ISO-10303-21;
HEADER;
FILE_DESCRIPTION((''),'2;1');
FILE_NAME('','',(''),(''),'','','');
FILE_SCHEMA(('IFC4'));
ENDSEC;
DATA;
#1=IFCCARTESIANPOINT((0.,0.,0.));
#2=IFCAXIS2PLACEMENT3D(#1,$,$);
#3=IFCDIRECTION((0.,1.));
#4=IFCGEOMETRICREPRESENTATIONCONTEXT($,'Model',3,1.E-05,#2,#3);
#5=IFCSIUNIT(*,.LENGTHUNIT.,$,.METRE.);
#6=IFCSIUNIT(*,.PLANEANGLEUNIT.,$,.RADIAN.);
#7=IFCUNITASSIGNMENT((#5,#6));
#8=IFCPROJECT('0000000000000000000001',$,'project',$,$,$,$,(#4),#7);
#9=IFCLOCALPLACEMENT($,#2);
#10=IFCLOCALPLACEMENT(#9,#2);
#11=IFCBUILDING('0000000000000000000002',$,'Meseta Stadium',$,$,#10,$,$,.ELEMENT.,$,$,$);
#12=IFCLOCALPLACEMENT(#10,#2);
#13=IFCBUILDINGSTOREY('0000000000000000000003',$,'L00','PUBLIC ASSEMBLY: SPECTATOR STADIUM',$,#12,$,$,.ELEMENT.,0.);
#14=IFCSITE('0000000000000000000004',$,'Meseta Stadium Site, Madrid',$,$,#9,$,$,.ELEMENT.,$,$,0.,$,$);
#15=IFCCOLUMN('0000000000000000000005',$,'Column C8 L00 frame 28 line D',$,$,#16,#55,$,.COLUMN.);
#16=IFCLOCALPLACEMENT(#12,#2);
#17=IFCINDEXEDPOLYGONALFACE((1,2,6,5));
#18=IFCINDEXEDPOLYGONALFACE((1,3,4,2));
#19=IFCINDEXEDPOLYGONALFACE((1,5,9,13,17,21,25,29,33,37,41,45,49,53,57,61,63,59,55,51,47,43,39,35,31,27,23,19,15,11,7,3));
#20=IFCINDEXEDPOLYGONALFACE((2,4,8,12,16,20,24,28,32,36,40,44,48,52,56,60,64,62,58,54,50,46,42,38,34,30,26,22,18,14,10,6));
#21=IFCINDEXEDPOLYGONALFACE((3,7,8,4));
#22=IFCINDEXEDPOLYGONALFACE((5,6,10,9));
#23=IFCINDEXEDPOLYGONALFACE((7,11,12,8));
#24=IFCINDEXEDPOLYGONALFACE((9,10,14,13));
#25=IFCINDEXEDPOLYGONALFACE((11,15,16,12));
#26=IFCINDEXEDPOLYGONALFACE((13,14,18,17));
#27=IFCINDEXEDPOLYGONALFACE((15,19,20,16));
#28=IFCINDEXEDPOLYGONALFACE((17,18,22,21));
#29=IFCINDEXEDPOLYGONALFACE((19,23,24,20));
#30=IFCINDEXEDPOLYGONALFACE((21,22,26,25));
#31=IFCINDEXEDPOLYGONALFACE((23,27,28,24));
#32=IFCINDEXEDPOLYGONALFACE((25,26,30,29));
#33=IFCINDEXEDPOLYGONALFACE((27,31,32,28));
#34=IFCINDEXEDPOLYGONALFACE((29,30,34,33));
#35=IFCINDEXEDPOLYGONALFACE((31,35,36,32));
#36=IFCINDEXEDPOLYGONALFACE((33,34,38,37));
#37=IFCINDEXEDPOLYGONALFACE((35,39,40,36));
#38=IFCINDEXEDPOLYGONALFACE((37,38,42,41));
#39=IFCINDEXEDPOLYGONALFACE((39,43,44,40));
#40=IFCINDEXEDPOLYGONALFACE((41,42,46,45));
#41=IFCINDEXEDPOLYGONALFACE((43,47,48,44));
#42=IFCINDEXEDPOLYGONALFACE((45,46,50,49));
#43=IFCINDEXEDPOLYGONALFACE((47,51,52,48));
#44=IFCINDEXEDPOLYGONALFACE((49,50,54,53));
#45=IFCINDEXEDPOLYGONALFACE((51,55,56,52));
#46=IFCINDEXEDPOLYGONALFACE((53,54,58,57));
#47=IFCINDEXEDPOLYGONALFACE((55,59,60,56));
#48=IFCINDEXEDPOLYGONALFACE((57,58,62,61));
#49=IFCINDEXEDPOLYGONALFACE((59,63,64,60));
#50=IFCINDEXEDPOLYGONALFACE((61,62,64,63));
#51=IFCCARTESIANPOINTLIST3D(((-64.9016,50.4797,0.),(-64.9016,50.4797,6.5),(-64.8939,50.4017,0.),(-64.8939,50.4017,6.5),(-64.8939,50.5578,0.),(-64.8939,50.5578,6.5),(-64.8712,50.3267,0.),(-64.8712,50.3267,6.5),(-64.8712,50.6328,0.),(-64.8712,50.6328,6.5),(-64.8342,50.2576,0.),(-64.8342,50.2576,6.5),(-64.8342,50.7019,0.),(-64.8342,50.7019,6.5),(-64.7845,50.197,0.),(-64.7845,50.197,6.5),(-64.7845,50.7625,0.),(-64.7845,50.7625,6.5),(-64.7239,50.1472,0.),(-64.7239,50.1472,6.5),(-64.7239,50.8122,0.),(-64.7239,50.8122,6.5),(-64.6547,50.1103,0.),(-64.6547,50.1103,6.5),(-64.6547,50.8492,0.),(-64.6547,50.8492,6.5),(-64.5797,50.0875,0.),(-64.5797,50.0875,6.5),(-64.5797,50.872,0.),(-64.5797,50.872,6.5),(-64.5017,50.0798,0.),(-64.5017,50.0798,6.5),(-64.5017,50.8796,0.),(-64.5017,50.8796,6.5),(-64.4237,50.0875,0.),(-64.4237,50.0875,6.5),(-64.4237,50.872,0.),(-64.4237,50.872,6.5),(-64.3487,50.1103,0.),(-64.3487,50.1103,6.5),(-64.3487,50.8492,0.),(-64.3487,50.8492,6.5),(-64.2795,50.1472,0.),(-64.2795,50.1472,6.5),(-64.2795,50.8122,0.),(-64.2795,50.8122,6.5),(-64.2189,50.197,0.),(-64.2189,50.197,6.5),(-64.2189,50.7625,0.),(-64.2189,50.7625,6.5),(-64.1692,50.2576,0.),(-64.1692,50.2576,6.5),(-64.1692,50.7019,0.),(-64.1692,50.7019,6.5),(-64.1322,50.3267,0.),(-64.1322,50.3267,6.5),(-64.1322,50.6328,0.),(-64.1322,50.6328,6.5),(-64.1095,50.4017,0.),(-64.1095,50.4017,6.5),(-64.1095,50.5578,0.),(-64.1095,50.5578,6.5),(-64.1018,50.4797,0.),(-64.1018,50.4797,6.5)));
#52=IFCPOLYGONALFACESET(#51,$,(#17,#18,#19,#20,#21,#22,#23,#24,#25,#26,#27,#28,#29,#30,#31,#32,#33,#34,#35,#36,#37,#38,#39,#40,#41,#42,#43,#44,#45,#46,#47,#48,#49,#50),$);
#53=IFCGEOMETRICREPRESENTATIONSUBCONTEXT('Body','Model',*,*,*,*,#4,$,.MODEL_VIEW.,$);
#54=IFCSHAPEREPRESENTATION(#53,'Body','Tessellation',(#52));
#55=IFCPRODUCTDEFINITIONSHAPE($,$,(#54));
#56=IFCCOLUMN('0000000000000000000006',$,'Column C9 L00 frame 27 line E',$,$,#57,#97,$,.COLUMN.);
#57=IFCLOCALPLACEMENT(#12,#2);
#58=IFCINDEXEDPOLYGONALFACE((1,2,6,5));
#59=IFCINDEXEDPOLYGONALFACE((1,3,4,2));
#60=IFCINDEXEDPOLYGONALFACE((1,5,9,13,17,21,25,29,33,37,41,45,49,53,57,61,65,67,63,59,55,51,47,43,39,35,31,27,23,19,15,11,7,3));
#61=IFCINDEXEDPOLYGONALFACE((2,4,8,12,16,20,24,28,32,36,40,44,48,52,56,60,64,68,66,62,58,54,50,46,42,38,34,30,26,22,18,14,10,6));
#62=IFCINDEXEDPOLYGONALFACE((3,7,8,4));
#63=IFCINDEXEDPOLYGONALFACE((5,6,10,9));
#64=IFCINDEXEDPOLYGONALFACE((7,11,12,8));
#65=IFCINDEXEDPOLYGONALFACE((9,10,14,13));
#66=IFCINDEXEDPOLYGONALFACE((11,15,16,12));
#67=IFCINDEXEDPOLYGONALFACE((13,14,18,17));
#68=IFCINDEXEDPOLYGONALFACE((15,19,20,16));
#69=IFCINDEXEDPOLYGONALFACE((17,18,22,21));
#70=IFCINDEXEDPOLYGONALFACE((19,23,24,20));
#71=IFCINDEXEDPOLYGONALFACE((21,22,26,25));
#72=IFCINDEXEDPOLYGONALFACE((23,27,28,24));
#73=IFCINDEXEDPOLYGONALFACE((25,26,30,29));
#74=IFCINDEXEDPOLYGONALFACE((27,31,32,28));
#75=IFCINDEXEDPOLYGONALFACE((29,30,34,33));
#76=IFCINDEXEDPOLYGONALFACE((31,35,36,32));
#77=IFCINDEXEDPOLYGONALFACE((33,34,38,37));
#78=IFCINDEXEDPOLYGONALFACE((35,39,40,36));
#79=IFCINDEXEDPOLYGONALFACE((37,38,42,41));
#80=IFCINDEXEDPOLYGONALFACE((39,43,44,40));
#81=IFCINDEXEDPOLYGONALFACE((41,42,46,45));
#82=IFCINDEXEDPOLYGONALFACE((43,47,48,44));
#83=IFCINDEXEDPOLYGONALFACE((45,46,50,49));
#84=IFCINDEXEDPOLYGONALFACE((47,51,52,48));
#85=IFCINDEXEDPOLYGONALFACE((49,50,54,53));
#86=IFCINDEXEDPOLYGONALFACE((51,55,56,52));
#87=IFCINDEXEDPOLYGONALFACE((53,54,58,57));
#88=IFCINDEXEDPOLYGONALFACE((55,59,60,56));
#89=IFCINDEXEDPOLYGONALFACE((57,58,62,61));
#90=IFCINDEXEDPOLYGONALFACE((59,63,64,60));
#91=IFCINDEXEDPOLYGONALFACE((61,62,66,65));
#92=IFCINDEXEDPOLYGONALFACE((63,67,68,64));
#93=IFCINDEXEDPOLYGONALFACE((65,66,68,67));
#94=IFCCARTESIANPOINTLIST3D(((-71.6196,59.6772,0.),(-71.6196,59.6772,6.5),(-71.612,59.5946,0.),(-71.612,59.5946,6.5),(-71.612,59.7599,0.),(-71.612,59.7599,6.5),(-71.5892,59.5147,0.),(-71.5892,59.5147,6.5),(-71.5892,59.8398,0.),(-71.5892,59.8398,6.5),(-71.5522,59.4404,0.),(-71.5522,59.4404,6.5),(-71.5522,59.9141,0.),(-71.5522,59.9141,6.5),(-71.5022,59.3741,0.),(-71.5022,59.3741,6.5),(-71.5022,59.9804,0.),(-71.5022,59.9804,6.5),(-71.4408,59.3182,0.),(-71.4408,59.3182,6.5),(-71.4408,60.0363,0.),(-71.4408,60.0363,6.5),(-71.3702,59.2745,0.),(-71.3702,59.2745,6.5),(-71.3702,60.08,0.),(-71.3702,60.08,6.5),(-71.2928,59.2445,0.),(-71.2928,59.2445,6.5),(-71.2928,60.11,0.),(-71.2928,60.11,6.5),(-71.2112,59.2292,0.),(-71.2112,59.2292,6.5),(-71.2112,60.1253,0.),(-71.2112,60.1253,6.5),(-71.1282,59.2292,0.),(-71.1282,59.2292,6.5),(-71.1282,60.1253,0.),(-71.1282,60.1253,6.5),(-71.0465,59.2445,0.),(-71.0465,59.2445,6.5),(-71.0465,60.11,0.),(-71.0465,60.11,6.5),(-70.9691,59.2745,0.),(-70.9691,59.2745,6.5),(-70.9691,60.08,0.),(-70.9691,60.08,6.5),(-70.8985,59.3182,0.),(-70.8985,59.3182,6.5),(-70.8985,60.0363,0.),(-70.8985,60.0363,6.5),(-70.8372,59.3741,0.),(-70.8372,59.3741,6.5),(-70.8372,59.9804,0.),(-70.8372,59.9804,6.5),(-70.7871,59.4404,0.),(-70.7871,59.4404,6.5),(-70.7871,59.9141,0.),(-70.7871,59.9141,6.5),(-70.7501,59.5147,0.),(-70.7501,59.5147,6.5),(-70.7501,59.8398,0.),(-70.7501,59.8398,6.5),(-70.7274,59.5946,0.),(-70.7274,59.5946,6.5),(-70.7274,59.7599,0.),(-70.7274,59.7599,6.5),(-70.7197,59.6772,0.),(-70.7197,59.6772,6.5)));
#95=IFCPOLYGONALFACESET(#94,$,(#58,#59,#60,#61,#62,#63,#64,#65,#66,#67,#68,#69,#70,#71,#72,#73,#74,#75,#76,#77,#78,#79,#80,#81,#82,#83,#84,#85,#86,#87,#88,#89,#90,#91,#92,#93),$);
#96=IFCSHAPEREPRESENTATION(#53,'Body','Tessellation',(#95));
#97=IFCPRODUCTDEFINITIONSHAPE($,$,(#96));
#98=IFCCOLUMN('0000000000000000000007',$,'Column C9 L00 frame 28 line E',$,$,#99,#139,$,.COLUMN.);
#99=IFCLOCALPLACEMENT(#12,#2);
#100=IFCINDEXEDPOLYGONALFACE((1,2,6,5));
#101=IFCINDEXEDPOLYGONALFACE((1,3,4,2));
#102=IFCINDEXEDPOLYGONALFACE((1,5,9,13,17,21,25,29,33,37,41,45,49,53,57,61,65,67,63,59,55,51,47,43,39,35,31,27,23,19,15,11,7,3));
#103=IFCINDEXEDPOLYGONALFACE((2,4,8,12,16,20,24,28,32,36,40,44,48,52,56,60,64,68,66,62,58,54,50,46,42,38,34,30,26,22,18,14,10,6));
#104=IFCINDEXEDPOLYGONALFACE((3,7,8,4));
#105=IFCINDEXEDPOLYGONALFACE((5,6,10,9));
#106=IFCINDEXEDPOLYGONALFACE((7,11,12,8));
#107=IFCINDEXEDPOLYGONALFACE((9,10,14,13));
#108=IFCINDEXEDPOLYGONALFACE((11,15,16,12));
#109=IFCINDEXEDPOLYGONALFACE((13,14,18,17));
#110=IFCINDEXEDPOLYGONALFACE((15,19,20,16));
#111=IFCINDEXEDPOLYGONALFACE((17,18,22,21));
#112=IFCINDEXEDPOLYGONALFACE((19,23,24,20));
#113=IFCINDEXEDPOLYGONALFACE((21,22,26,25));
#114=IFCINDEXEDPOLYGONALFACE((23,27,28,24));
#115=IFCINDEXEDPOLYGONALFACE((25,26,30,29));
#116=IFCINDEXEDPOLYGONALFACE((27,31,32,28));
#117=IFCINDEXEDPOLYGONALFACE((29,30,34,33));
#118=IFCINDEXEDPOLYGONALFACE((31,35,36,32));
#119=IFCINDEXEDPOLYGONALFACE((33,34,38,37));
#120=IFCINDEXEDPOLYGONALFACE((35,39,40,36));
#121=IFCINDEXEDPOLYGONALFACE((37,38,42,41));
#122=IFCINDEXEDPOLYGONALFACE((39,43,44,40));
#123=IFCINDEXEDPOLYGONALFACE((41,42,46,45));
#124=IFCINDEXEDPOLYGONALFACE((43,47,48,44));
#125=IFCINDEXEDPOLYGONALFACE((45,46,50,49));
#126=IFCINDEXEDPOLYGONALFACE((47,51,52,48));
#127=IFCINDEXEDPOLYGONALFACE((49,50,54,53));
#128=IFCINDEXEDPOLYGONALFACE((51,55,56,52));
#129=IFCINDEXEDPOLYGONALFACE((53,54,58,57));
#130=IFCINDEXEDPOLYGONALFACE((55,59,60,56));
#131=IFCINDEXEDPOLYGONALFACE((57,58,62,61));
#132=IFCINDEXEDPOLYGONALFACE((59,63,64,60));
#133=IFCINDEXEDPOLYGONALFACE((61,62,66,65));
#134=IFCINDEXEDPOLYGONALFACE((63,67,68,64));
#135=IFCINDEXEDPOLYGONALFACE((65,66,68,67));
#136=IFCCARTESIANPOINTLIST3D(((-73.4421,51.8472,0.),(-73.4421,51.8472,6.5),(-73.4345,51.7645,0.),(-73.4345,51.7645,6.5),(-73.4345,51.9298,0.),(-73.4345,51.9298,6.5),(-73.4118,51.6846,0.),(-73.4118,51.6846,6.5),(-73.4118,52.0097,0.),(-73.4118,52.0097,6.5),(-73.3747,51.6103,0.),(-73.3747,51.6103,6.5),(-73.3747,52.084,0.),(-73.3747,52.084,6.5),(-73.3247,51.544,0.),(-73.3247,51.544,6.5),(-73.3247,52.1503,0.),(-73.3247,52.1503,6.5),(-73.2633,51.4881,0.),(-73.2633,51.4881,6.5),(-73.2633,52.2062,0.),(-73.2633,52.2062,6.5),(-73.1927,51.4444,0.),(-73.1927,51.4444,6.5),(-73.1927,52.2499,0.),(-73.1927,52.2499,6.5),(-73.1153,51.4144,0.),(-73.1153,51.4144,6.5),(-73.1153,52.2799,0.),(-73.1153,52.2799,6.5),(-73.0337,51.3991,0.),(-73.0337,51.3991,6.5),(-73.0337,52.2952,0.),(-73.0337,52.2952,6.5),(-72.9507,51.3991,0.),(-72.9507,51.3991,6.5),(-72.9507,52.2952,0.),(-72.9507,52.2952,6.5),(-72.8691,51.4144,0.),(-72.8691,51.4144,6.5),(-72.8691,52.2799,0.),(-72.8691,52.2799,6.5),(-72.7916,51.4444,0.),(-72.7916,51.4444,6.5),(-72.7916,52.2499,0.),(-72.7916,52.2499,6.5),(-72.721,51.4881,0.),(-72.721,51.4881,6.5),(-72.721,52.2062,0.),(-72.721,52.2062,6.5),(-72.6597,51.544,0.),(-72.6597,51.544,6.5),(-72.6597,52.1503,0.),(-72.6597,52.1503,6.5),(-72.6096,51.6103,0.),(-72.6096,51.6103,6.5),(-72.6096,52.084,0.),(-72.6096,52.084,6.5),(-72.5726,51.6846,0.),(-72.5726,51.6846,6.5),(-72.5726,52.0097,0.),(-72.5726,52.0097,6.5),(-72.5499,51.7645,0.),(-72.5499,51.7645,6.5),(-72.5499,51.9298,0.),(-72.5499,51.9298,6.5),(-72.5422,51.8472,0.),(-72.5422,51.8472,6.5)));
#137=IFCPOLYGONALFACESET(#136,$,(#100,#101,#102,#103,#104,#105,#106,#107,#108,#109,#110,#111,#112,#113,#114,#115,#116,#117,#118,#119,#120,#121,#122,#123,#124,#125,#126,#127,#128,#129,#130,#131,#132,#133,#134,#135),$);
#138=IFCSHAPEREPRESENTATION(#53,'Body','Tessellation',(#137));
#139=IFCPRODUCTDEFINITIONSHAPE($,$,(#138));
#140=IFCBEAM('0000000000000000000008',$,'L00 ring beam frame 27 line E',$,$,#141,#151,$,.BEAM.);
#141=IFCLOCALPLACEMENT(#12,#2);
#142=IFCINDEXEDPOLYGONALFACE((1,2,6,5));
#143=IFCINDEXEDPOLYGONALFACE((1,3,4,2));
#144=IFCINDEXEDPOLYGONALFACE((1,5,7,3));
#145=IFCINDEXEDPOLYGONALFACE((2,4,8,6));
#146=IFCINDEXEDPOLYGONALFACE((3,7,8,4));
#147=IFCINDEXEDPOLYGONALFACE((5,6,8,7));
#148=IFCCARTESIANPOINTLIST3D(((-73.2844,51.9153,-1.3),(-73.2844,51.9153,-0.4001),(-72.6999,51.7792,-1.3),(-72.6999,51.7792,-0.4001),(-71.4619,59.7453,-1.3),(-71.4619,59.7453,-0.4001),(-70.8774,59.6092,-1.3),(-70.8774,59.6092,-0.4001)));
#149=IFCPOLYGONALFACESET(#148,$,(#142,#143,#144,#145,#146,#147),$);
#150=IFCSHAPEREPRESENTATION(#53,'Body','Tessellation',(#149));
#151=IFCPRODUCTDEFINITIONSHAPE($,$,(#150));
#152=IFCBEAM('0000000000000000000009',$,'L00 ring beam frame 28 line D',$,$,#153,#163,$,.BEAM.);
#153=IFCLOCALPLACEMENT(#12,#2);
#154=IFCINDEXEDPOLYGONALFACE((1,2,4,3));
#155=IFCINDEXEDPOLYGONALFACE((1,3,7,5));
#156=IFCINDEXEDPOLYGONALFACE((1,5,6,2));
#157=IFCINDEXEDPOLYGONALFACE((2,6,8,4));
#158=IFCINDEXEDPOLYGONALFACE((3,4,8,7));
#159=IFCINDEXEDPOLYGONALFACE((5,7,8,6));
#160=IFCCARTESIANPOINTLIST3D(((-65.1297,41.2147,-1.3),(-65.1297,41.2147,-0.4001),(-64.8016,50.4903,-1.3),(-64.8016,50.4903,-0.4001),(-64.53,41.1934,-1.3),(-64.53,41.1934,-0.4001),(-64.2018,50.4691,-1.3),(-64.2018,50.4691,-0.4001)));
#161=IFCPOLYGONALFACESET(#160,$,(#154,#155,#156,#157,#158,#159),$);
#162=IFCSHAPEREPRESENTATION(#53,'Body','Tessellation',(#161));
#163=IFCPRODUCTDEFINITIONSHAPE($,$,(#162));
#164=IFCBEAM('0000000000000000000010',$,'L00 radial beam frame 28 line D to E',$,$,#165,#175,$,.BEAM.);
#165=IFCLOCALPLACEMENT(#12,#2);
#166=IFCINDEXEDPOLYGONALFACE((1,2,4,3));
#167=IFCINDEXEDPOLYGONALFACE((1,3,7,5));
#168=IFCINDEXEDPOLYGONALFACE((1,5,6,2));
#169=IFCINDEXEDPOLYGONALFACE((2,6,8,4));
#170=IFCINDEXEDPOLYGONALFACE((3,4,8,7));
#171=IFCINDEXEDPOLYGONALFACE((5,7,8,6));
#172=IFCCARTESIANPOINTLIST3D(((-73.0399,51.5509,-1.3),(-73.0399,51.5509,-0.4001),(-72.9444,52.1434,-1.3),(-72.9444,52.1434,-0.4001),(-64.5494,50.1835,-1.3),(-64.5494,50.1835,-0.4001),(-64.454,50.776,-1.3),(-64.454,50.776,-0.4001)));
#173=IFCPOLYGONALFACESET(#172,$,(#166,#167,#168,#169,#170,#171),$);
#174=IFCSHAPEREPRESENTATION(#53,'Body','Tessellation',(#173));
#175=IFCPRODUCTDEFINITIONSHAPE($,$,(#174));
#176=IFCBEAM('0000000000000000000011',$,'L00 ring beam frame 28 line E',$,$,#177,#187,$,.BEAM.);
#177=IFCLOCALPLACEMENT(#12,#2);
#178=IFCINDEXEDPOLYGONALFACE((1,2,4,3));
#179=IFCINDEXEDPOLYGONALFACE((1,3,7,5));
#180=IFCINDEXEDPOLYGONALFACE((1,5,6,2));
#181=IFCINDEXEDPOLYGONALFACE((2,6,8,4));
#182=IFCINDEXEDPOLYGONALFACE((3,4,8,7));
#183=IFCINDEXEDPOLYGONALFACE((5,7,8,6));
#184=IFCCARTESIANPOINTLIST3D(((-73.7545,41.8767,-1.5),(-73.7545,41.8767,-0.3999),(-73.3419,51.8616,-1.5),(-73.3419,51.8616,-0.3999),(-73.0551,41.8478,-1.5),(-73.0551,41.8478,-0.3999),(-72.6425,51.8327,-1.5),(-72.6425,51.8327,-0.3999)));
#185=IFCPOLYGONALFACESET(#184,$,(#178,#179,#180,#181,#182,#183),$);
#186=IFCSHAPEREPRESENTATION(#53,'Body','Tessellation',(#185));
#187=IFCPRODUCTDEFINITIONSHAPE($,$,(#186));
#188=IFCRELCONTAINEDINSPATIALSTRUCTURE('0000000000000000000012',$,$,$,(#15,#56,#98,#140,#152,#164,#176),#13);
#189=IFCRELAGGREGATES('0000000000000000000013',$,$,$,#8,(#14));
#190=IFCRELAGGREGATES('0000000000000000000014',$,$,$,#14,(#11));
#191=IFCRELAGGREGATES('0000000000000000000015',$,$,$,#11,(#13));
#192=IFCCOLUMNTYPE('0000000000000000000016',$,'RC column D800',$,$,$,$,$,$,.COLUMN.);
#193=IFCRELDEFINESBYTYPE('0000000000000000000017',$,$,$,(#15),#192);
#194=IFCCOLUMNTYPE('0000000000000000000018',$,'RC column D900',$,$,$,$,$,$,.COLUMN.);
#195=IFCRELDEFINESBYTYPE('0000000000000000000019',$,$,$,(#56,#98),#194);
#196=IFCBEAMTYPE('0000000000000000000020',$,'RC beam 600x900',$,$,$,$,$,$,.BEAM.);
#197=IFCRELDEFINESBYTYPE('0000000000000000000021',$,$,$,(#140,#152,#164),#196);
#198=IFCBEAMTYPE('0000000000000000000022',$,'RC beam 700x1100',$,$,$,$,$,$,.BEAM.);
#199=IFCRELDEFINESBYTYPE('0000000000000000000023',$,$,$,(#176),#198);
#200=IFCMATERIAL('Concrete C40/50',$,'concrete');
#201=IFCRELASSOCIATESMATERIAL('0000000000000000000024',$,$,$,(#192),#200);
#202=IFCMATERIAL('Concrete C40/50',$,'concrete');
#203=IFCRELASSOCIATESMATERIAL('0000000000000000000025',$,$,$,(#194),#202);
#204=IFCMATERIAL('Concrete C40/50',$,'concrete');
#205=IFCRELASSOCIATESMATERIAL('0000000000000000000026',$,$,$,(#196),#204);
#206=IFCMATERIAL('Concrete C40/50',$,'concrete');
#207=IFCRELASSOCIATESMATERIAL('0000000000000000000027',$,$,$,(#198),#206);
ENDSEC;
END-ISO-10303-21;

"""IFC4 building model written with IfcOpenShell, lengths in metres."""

from ifc_helpers import new_model, si_unit, direction, frame, origin, origin_2d, place, context, subcontext, project, spatial, rectangle, circle, extrude, material, material_profile, profile_set, type_object, element, save


model = new_model("IFC4")

# Units and contexts
model_context = context("Model", 3, precision=1e-05, world=origin(), true_north=direction((0.0, 1.0)))
body_context = subcontext(model_context, "Body", "Model", "MODEL_VIEW")
ifc_project = project(units=[si_unit("LENGTHUNIT", "METRE"), si_unit("PLANEANGLEUNIT", "RADIAN")], contexts=[model_context])

# Site, building, storey
site_placement = place(None, origin())
site = spatial("IfcSite", under=ifc_project, at=site_placement, Name="Meseta Stadium Site, Madrid", CompositionType="ELEMENT", RefElevation=0.0)
building_placement = place(site_placement, origin())
building = spatial("IfcBuilding", under=site, at=building_placement, Name="Meseta Stadium", CompositionType="ELEMENT")
storey_placement = place(building_placement, origin())
storey = spatial("IfcBuildingStorey", under=building, at=storey_placement, Name="L00", Description="PUBLIC ASSEMBLY: SPECTATOR STADIUM", CompositionType="ELEMENT", Elevation=0.0)

# Columns
ifc_material_1 = material(Name="Concrete C40/50", Category="concrete")
ifc_material_profile_1 = material_profile(ifc_material_1, circle(Radius=0.3999, at=origin_2d()), Name="RC D800")
ifc_profile_set_1 = profile_set([ifc_material_profile_1], Name="Concrete C40/50")
column_type_1 = type_object("IfcColumnType", Name="RC column D800", PredefinedType="COLUMN", material=ifc_profile_set_1)
column_placement = place(storey_placement, frame((-64.5017, 50.4797, 0.0), z_axis=(0.0, 0.0, 1.0), x_axis=(1.0, 0.0, 0.0)))
element("IfcColumn", 1, at=column_placement, inside=storey, type_object=column_type_1, Name="Column C8 L00 frame 28 line D", PredefinedType="COLUMN", context=body_context, shape_type="SweptSolid", body=[
    extrude(circle(Radius=0.3999, at=origin_2d()), origin(), (0.0, 0.0, 1.0), 6.5),
])
ifc_material_2 = material(Name="Concrete C40/50", Category="concrete")
ifc_material_profile_2 = material_profile(ifc_material_2, circle(Radius=0.45, at=origin_2d()), Name="RC D900")
ifc_profile_set_2 = profile_set([ifc_material_profile_2], Name="Concrete C40/50")
column_type_2 = type_object("IfcColumnType", Name="RC column D900", PredefinedType="COLUMN", material=ifc_profile_set_2)
for number, where, z_axis, x_axis, name in (
    (2, (-71.1697, 59.6772, 0.0), (0.0, 0.0, 1.0), (1.0, 0.0, 0.0), "Column C9 L00 frame 27 line E"),
    (3, (-72.9922, 51.8472, 0.0), (0.0, 0.0, 1.0), (1.0, 0.0, 0.0), "Column C9 L00 frame 28 line E"),
):
    element("IfcColumn", number, at=place(storey_placement, frame(where, z_axis=z_axis, x_axis=x_axis)), inside=storey, type_object=column_type_2, Name=name, PredefinedType="COLUMN", context=body_context, shape_type="SweptSolid", body=[
        extrude(circle(Radius=0.45, at=origin_2d()), origin(), (0.0, 0.0, 1.0), 6.5),
    ])

# Beams
ifc_material_3 = material(Name="Concrete C40/50", Category="concrete")
ifc_material_profile_3 = material_profile(ifc_material_3, rectangle(XDim=0.6001, YDim=0.8999, at=origin_2d()), Name="RC 600x900")
ifc_profile_set_3 = profile_set([ifc_material_profile_3], Name="Concrete C40/50")
beam_type_1 = type_object("IfcBeamType", Name="RC beam 600x900", PredefinedType="BEAM", material=ifc_profile_set_3)
beam_1_placement = place(storey_placement, frame((-71.1697, 59.6772, -0.8501), z_axis=(-0.226698, -0.973965, 0.0), x_axis=(0.973965, -0.226698, 0.0)))
element("IfcBeam", 4, at=beam_1_placement, inside=storey, type_object=beam_type_1, Name="L00 ring beam frame 27 line E", PredefinedType="BEAM", context=body_context, shape_type="SweptSolid", body=[
    extrude(rectangle(XDim=0.6001, YDim=0.8999, at=origin_2d()), origin(), (0.0, 0.0, 1.0), 8.0393),
])
beam_2_placement = place(storey_placement, frame((-64.5017, 50.4797, -0.8501), z_axis=(-0.035353, -0.999375, 0.0), x_axis=(0.999375, -0.035353, 0.0)))
element("IfcBeam", 5, at=beam_2_placement, inside=storey, type_object=beam_type_1, Name="L00 ring beam frame 28 line D", PredefinedType="BEAM", context=body_context, shape_type="SweptSolid", body=[
    extrude(rectangle(XDim=0.6001, YDim=0.8999, at=origin_2d()), origin(), (0.0, 0.0, 1.0), 9.2815),
])
beam_3_placement = place(storey_placement, frame((-64.5017, 50.4797, -0.8501), z_axis=(-0.987278, 0.159006, 0.0), x_axis=(-0.159006, -0.987278, 0.0)))
element("IfcBeam", 6, at=beam_3_placement, inside=storey, type_object=beam_type_1, Name="L00 radial beam frame 28 line D to E", PredefinedType="BEAM", context=body_context, shape_type="SweptSolid", body=[
    extrude(rectangle(XDim=0.6001, YDim=0.8999, at=origin_2d()), origin(), (0.0, 0.0, 1.0), 8.5999),
])
ifc_material_4 = material(Name="Concrete C40/50", Category="concrete")
ifc_material_profile_4 = material_profile(ifc_material_4, rectangle(XDim=0.7, YDim=1.1001, at=origin_2d()), Name="RC 700x1100")
ifc_profile_set_4 = profile_set([ifc_material_profile_4], Name="Concrete C40/50")
beam_type_2 = type_object("IfcBeamType", Name="RC beam 700x1100", PredefinedType="BEAM", material=ifc_profile_set_4)
beam_4_placement = place(storey_placement, frame((-72.9922, 51.8472, -0.95), z_axis=(-0.041287, -0.999147, 0.0), x_axis=(0.999147, -0.041287, 0.0)))
element("IfcBeam", 7, at=beam_4_placement, inside=storey, type_object=beam_type_2, Name="L00 ring beam frame 28 line E", PredefinedType="BEAM", context=body_context, shape_type="SweptSolid", body=[
    extrude(rectangle(XDim=0.7, YDim=1.1001, at=origin_2d()), origin(), (0.0, 0.0, 1.0), 9.9934),
])

save(model, "model.ifc")
